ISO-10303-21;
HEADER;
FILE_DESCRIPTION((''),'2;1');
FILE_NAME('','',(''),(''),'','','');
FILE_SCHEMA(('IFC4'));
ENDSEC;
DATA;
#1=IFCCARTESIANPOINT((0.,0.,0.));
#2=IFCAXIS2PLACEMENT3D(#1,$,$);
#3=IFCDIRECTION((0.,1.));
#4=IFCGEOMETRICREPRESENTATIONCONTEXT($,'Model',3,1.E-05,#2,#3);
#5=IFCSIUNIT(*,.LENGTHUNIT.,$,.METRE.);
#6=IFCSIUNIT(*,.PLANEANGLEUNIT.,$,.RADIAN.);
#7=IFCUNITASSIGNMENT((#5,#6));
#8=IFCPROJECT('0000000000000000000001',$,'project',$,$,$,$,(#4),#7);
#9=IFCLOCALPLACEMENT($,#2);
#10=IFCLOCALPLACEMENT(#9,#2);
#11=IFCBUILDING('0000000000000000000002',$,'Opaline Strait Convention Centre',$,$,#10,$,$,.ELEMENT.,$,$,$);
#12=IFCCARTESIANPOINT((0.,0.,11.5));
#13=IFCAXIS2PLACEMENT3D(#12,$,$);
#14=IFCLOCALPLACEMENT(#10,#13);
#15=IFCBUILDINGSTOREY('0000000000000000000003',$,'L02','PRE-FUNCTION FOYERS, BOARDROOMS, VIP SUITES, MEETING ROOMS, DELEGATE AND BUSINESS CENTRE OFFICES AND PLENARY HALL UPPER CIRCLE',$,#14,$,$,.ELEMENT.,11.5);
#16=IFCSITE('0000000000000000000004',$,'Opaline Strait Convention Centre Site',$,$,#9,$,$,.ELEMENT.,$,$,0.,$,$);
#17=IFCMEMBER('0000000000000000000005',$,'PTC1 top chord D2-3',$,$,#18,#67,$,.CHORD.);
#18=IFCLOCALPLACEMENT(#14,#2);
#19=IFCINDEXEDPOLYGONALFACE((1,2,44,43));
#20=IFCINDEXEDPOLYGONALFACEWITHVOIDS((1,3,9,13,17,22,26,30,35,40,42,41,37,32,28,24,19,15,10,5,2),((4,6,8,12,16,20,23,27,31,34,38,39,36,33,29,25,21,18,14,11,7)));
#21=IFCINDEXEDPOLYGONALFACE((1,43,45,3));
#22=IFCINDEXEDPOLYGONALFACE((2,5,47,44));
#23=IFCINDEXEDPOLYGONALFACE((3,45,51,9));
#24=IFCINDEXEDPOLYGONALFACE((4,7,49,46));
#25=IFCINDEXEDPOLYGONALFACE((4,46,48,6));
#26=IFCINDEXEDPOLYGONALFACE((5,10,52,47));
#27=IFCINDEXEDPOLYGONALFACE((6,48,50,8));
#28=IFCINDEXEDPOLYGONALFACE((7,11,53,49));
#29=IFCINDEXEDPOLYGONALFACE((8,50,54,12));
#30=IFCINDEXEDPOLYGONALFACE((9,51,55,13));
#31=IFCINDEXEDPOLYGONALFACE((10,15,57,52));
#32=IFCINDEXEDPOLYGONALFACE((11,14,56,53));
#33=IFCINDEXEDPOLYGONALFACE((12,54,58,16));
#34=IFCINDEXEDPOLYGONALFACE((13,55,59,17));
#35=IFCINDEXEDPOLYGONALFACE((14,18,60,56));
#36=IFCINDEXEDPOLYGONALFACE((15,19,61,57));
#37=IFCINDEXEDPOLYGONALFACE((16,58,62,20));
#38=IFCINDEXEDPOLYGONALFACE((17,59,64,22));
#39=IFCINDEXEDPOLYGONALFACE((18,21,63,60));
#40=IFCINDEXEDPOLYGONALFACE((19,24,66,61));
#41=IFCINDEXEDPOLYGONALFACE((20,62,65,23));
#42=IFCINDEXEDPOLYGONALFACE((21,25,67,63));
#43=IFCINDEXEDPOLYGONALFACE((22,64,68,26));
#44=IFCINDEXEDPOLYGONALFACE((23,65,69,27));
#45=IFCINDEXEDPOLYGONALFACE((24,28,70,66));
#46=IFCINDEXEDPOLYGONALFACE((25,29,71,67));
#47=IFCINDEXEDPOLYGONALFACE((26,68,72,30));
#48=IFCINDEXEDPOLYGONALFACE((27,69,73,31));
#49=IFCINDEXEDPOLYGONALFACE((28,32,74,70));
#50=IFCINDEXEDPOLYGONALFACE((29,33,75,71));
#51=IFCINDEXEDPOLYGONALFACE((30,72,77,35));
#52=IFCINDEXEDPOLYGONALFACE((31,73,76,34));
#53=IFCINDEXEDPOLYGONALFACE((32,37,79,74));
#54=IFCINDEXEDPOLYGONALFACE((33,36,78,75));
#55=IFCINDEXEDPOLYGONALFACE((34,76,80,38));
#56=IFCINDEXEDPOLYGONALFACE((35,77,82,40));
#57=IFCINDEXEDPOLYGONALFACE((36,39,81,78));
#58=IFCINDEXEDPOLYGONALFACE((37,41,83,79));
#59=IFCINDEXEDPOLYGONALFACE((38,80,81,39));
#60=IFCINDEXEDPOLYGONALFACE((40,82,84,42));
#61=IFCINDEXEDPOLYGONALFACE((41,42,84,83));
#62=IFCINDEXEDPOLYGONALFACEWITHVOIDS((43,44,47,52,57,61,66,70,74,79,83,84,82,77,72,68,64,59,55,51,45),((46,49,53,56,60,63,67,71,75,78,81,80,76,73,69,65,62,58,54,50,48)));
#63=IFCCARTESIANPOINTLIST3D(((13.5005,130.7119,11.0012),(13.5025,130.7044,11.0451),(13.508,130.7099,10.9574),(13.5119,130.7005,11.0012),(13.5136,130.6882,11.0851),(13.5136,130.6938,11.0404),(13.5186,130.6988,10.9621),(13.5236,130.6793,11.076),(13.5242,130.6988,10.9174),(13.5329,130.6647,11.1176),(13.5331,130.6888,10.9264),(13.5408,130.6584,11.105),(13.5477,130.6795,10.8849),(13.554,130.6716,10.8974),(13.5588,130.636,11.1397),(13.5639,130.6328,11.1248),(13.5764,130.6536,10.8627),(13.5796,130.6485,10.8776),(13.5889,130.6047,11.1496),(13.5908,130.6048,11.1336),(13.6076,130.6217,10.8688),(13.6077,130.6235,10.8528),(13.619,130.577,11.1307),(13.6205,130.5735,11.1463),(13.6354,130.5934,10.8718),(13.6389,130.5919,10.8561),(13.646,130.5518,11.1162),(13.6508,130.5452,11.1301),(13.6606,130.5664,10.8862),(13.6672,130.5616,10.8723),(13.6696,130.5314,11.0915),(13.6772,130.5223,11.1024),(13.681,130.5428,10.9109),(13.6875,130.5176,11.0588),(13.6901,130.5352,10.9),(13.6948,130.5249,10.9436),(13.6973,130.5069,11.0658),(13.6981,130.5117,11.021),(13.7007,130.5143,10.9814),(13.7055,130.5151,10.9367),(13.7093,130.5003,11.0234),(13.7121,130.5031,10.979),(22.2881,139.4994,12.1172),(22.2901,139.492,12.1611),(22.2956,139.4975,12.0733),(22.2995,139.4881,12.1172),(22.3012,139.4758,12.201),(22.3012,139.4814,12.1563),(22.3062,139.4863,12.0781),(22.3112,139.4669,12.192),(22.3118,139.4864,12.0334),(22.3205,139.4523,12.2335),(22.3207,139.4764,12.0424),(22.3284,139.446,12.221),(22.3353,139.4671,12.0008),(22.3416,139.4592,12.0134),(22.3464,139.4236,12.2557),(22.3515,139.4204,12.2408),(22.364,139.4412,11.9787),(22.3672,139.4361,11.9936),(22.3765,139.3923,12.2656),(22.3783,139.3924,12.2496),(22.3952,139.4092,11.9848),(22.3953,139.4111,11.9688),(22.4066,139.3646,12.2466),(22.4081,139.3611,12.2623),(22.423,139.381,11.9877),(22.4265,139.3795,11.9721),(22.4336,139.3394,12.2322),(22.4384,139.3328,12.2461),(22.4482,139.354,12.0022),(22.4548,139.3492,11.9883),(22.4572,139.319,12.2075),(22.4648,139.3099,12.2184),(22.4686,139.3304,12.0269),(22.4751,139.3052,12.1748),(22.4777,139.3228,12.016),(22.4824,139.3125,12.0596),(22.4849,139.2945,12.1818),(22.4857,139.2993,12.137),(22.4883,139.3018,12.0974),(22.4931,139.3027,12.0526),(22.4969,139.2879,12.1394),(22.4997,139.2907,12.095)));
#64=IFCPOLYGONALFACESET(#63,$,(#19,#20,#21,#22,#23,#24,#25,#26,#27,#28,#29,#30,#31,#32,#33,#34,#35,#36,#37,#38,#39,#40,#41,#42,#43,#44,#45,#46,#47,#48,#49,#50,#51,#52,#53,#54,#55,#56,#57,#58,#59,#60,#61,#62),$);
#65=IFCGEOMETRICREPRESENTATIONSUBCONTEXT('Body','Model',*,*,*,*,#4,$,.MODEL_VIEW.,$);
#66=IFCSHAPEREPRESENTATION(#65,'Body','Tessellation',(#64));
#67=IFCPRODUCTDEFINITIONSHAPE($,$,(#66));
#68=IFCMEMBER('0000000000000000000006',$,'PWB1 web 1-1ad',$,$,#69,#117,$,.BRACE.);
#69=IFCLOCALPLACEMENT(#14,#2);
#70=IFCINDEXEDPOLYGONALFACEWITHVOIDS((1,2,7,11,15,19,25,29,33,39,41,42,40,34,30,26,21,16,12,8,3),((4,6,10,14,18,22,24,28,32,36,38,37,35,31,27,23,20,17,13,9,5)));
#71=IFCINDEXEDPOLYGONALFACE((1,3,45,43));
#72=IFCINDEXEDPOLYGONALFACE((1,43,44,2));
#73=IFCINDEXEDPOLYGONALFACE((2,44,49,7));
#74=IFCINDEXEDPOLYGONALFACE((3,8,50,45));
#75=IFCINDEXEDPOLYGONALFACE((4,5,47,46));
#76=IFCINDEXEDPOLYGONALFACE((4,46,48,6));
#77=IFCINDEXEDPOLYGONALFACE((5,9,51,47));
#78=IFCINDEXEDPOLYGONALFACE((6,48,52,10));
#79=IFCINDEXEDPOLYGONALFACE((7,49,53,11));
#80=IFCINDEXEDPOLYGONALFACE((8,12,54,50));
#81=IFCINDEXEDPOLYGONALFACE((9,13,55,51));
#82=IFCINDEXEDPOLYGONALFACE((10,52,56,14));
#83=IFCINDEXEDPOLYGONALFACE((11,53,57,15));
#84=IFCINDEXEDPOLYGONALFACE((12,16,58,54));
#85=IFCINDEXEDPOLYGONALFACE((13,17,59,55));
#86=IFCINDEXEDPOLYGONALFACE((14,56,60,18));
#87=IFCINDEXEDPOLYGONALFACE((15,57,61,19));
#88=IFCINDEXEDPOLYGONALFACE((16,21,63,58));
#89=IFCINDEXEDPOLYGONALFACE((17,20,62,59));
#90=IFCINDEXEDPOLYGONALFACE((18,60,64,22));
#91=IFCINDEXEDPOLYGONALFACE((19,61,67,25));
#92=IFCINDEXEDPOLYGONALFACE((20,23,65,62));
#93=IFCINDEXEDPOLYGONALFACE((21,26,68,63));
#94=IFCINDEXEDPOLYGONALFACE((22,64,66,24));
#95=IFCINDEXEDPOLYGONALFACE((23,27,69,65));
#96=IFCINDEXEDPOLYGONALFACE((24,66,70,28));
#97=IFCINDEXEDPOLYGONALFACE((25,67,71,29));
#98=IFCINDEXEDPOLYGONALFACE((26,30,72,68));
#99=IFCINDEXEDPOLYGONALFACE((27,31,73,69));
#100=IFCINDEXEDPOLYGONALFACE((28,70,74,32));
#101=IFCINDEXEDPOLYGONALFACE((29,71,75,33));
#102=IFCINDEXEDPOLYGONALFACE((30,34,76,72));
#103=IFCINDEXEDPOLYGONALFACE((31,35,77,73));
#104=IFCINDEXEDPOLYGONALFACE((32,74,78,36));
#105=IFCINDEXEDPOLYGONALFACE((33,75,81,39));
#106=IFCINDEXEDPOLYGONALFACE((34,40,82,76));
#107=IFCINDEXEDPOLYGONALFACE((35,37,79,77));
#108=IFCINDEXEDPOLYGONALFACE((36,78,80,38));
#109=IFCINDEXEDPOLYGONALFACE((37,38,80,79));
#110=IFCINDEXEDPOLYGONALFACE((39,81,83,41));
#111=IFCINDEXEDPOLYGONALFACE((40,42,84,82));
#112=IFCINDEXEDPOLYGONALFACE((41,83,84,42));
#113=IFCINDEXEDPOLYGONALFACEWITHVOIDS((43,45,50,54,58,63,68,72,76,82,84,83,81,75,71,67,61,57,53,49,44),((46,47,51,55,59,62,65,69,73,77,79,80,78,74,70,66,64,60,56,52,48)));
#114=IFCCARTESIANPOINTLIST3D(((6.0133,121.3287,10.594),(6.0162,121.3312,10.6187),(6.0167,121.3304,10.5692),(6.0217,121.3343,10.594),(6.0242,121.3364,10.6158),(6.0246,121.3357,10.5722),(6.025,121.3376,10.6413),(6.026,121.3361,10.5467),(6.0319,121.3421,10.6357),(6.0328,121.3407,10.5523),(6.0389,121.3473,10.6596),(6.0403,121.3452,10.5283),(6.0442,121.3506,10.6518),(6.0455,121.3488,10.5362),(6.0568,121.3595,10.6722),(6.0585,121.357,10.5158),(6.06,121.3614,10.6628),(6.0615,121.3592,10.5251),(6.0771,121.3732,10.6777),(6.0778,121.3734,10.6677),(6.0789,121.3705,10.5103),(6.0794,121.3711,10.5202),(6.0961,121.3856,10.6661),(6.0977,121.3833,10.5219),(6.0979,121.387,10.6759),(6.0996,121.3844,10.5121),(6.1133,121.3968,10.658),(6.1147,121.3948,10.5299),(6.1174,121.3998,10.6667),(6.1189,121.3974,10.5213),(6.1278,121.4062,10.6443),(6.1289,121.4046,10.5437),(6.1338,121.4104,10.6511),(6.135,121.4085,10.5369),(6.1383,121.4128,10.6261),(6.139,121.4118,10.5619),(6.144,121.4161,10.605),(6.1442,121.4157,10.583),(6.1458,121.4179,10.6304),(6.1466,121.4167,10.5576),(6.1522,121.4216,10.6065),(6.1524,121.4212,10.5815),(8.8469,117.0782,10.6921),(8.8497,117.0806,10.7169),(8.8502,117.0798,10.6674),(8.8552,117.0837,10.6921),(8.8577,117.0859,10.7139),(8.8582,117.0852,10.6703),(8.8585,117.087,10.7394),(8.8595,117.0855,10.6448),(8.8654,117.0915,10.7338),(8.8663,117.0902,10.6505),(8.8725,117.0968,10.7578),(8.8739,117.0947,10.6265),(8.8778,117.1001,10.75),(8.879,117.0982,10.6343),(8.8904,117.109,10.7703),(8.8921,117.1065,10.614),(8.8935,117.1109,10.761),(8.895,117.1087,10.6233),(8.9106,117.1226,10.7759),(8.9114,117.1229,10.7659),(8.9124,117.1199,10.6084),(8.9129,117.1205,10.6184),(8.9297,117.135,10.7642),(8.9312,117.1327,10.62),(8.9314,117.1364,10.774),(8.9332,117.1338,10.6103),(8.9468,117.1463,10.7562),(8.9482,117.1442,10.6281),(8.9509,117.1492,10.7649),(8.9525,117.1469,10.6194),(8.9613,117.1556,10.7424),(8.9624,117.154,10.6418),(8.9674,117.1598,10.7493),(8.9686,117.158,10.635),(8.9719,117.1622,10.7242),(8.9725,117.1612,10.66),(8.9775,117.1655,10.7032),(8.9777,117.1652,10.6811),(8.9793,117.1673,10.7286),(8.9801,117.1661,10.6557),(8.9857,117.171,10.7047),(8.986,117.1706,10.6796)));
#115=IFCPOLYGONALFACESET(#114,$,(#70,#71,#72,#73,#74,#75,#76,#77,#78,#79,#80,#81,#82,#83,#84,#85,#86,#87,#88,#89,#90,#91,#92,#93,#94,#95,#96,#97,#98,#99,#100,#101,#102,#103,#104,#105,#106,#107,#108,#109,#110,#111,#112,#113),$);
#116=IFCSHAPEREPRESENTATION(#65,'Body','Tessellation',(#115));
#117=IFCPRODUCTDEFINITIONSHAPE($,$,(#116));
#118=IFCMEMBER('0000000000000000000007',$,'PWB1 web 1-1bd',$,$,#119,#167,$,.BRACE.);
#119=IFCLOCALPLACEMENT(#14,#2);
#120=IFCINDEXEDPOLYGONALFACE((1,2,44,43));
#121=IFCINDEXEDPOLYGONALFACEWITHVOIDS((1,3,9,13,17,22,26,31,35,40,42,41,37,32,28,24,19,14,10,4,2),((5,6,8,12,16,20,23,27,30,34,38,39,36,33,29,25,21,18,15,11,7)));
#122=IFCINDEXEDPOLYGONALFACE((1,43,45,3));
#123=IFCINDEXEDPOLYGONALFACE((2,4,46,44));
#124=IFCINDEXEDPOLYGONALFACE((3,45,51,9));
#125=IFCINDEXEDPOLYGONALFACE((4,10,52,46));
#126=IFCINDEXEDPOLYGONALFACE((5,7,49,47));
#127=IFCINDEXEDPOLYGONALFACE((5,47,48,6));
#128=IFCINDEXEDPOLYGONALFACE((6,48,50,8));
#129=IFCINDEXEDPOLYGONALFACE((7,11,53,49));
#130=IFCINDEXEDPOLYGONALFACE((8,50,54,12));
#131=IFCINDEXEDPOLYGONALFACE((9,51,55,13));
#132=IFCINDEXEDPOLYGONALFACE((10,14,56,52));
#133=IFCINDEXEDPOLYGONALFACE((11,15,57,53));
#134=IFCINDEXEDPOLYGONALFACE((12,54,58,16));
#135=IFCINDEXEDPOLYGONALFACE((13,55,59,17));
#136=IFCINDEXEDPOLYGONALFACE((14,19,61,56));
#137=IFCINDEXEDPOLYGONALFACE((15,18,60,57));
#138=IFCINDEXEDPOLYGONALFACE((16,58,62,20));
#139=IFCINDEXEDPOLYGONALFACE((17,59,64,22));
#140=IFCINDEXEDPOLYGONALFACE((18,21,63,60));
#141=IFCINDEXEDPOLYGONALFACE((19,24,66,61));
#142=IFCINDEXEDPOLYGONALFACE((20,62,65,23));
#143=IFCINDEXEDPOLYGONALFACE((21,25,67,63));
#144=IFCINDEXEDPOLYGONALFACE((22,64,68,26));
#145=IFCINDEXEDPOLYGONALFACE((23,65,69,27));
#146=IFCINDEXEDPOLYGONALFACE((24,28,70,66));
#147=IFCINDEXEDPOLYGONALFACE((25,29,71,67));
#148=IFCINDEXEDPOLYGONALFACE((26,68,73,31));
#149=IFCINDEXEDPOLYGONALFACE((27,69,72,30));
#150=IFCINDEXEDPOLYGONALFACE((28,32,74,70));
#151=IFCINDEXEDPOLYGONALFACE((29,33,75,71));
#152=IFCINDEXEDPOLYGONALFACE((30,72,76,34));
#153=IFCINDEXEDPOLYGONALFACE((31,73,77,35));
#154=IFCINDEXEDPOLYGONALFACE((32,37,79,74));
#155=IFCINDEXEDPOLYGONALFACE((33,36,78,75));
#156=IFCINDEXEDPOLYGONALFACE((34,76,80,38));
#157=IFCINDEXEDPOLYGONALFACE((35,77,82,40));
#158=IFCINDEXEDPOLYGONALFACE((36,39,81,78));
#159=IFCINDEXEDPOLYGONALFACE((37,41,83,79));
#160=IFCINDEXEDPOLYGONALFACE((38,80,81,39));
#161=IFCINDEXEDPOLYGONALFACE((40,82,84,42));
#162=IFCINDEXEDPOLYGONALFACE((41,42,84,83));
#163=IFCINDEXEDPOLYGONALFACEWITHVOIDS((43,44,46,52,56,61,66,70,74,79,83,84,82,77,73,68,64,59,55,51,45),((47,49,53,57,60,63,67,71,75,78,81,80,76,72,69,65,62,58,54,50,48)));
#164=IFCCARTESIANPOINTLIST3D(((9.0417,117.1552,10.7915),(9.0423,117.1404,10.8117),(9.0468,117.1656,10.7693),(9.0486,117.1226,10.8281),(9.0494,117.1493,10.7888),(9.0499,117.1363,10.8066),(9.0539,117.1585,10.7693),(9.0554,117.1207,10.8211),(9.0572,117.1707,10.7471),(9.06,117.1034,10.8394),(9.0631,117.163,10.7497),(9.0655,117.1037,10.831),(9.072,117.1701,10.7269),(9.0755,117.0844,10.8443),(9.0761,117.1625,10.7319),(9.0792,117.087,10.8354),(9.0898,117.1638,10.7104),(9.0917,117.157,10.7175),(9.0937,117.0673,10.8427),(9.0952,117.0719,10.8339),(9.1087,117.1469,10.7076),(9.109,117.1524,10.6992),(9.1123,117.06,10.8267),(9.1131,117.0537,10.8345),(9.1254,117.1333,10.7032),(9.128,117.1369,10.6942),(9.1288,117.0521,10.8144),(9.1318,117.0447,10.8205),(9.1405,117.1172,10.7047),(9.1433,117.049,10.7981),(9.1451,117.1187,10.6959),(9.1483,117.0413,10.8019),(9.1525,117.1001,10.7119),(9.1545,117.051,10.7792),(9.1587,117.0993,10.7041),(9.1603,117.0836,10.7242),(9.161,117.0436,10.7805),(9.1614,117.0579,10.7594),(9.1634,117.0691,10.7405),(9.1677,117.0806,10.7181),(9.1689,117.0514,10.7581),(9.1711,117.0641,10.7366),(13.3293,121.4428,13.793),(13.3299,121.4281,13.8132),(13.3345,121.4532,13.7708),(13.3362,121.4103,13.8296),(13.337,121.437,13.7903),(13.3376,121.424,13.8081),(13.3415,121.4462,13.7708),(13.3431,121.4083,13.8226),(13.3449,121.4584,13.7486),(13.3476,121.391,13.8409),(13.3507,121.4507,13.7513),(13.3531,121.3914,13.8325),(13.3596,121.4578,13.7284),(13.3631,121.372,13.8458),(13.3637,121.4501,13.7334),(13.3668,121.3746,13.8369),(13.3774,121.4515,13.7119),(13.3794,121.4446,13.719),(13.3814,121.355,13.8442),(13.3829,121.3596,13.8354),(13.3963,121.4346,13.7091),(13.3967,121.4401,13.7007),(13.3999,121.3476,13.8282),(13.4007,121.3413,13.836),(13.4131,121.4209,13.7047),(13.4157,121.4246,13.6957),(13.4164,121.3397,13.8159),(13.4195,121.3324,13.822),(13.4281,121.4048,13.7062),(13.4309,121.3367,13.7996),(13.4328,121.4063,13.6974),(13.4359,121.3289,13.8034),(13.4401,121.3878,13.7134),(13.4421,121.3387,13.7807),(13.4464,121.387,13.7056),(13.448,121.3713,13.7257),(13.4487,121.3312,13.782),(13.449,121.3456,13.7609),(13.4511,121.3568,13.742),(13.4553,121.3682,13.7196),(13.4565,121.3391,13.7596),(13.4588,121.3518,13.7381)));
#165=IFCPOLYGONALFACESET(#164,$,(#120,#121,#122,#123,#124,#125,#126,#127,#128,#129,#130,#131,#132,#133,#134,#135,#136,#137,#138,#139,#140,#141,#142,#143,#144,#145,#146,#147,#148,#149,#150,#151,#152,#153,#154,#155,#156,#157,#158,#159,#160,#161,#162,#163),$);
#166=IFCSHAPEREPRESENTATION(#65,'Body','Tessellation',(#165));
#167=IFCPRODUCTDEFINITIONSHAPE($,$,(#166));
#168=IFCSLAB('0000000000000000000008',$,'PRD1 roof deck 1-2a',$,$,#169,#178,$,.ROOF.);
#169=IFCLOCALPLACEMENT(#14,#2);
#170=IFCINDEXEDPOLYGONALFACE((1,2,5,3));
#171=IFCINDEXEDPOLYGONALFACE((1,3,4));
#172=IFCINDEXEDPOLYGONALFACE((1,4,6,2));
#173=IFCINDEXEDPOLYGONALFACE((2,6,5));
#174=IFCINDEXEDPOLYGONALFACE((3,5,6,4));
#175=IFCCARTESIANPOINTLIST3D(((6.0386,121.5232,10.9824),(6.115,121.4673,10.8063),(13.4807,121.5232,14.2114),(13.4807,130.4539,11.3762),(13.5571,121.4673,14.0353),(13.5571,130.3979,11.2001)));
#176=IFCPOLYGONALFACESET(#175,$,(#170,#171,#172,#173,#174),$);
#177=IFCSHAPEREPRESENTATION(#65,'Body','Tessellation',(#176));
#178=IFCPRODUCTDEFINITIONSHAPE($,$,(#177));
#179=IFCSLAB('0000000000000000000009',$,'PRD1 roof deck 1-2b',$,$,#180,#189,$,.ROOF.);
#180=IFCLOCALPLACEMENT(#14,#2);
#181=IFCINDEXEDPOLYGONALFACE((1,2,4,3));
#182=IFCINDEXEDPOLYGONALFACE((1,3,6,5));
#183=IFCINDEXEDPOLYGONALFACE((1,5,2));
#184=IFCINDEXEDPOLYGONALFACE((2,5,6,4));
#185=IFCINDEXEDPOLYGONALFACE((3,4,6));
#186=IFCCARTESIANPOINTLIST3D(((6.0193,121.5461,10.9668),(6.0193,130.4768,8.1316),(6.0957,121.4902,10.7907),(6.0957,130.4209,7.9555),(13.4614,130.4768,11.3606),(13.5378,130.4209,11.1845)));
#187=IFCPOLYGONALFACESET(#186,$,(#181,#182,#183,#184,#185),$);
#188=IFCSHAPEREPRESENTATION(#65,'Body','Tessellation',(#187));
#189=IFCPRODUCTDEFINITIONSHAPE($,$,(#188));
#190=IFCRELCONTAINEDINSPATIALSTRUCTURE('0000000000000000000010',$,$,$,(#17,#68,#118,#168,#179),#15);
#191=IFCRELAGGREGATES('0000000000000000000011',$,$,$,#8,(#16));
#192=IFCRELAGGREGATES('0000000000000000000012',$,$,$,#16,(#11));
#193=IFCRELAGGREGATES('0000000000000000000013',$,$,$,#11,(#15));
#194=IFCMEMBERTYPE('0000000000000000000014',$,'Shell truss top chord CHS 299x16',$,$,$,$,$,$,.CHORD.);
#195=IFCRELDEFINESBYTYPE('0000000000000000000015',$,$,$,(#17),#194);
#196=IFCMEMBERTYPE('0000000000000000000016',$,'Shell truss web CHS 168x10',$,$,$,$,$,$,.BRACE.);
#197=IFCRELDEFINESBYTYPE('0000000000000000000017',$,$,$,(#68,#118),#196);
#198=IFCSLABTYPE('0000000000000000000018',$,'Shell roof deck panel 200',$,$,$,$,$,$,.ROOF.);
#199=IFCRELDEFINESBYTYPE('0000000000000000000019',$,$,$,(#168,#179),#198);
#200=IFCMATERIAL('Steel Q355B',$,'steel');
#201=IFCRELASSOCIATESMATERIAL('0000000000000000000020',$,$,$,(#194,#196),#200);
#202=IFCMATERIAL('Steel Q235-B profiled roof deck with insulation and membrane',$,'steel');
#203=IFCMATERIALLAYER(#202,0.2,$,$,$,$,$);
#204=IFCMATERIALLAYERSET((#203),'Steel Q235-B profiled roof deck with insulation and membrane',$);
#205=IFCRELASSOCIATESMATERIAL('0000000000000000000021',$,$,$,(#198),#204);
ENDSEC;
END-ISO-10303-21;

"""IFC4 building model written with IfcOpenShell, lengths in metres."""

from ifc_helpers import new_model, si_unit, direction, frame, origin, origin_2d, place, context, subcontext, project, spatial, polyline, hollow_circle, outline, extrude, material, layer, layer_set, material_profile, profile_set, type_object, element, save


model = new_model("IFC4")

# Units and contexts
model_context = context("Model", 3, precision=1e-05, world=origin(), true_north=direction((0.0, 1.0)))
body_context = subcontext(model_context, "Body", "Model", "MODEL_VIEW")
ifc_project = project(units=[si_unit("LENGTHUNIT", "METRE"), si_unit("PLANEANGLEUNIT", "RADIAN")], contexts=[model_context])

# Site, building, storey
site_placement = place(None, origin())
site = spatial("IfcSite", under=ifc_project, at=site_placement, Name="Opaline Strait Convention Centre Site", CompositionType="ELEMENT", RefElevation=0.0)
building_placement = place(site_placement, origin())
building = spatial("IfcBuilding", under=site, at=building_placement, Name="Opaline Strait Convention Centre", CompositionType="ELEMENT")
storey_placement = place(building_placement, frame((0.0, 0.0, 11.5)))
storey = spatial("IfcBuildingStorey", under=building, at=storey_placement, Name="L02", Description="PRE-FUNCTION FOYERS, BOARDROOMS, VIP SUITES, MEETING ROOMS, DELEGATE AND BUSINESS CENTRE OFFICES AND PLENARY HALL UPPER CIRCLE", CompositionType="ELEMENT", Elevation=11.5)

# Members
ifc_material_1 = material(Name="Steel Q355B", Category="steel")
ifc_material_profile_1 = material_profile(ifc_material_1, hollow_circle(Radius=0.1494, WallThickness=0.0161, at=origin_2d()), Name="CHS 299x16")
ifc_profile_set_1 = profile_set([ifc_material_profile_1], Name="Steel Q355B")
member_type_1 = type_object("IfcMemberType", Name="Shell truss top chord CHS 299x16", PredefinedType="CHORD", material=ifc_profile_set_1)
member_1_placement = place(storey_placement, frame((13.6062, 130.6062, 11.0012), z_axis=(0.704273, 0.704273, 0.089438), x_axis=(-0.707107, 0.707107, 0.0)))
element("IfcMember", 1, at=member_1_placement, inside=storey, type_object=member_type_1, Name="PTC1 top chord D2-3", PredefinedType="CHORD", context=body_context, shape_type="SweptSolid", body=[
    extrude(hollow_circle(Radius=0.1494, WallThickness=0.0161, at=origin_2d()), origin(), (0.0, 0.0, 1.0), 12.4775),
])
ifc_material_profile_2 = material_profile(ifc_material_1, hollow_circle(Radius=0.084, WallThickness=0.01, at=origin_2d()), Name="CHS 168x10")
ifc_profile_set_2 = profile_set([ifc_material_profile_2], Name="Steel Q355B")
member_type_2 = type_object("IfcMemberType", Name="Shell truss web CHS 168x10", PredefinedType="BRACE", material=ifc_profile_set_2)
member_2_placement = place(storey_placement, frame((8.9167, 117.1248, 10.6921), z_axis=(-0.554576, 0.831911, -0.019209), x_axis=(-0.832065, -0.554678, 0.0)))
element("IfcMember", 2, at=member_2_placement, inside=storey, type_object=member_type_2, Name="PWB1 web 1-1ad", PredefinedType="BRACE", context=body_context, shape_type="SweptSolid", body=[
    extrude(hollow_circle(Radius=0.084, WallThickness=0.01, at=origin_2d()), origin(), (0.0, 0.0, 1.0), 5.1094),
])
member_3_placement = place(storey_placement, frame((9.1062, 117.1062, 10.7693), z_axis=(0.633718, 0.633718, 0.443624), x_axis=(-0.707107, 0.707107, 0.0)))
element("IfcMember", 3, at=member_3_placement, inside=storey, type_object=member_type_2, Name="PWB1 web 1-1bd", PredefinedType="BRACE", context=body_context, shape_type="SweptSolid", body=[
    extrude(hollow_circle(Radius=0.084, WallThickness=0.01, at=origin_2d()), origin(), (0.0, 0.0, 1.0), 6.7659),
])

# Slabs
ifc_material_2 = material(Name="Steel Q235-B profiled roof deck with insulation and membrane", Category="steel")
ifc_layer_1 = layer(ifc_material_2, 0.2)
ifc_layer_set_1 = layer_set([ifc_layer_1], Name="Steel Q235-B profiled roof deck with insulation and membrane")
slab_type = type_object("IfcSlabType", Name="Shell roof deck panel 200", PredefinedType="ROOF", material=ifc_layer_set_1)
slab_1_placement = place(storey_placement, frame((6.0386, 121.5232, 10.9824), z_axis=(-0.382153, 0.27962, 0.880779), x_axis=(0.917372, 0.0, 0.398031)))
element("IfcSlab", 4, at=slab_1_placement, inside=storey, type_object=slab_type, Name="PRD1 roof deck 1-2a", PredefinedType="ROOF", context=body_context, shape_type="SweptSolid", body=[
    extrude(outline(polyline([(0.0, 0.0), (8.1125, 0.0), (6.984, 9.3017), (0.0, 0.0)])), origin(), (0.0, 0.0, -1.0), 0.2),
])
slab_2_placement = place(storey_placement, frame((6.0193, 121.5461, 10.9668), z_axis=(-0.382153, 0.27962, 0.880779), x_axis=(0.639813, 0.767784, 0.033856)))
element("IfcSlab", 5, at=slab_2_placement, inside=storey, type_object=slab_type, Name="PRD1 roof deck 1-2b", PredefinedType="ROOF", context=body_context, shape_type="SweptSolid", body=[
    extrude(outline(polyline([(0.0, 0.0), (11.6317, 0.0), (6.7608, 6.4874), (0.0, 0.0)])), origin(), (0.0, 0.0, -1.0), 0.2),
])

save(model, "model.ifc")
